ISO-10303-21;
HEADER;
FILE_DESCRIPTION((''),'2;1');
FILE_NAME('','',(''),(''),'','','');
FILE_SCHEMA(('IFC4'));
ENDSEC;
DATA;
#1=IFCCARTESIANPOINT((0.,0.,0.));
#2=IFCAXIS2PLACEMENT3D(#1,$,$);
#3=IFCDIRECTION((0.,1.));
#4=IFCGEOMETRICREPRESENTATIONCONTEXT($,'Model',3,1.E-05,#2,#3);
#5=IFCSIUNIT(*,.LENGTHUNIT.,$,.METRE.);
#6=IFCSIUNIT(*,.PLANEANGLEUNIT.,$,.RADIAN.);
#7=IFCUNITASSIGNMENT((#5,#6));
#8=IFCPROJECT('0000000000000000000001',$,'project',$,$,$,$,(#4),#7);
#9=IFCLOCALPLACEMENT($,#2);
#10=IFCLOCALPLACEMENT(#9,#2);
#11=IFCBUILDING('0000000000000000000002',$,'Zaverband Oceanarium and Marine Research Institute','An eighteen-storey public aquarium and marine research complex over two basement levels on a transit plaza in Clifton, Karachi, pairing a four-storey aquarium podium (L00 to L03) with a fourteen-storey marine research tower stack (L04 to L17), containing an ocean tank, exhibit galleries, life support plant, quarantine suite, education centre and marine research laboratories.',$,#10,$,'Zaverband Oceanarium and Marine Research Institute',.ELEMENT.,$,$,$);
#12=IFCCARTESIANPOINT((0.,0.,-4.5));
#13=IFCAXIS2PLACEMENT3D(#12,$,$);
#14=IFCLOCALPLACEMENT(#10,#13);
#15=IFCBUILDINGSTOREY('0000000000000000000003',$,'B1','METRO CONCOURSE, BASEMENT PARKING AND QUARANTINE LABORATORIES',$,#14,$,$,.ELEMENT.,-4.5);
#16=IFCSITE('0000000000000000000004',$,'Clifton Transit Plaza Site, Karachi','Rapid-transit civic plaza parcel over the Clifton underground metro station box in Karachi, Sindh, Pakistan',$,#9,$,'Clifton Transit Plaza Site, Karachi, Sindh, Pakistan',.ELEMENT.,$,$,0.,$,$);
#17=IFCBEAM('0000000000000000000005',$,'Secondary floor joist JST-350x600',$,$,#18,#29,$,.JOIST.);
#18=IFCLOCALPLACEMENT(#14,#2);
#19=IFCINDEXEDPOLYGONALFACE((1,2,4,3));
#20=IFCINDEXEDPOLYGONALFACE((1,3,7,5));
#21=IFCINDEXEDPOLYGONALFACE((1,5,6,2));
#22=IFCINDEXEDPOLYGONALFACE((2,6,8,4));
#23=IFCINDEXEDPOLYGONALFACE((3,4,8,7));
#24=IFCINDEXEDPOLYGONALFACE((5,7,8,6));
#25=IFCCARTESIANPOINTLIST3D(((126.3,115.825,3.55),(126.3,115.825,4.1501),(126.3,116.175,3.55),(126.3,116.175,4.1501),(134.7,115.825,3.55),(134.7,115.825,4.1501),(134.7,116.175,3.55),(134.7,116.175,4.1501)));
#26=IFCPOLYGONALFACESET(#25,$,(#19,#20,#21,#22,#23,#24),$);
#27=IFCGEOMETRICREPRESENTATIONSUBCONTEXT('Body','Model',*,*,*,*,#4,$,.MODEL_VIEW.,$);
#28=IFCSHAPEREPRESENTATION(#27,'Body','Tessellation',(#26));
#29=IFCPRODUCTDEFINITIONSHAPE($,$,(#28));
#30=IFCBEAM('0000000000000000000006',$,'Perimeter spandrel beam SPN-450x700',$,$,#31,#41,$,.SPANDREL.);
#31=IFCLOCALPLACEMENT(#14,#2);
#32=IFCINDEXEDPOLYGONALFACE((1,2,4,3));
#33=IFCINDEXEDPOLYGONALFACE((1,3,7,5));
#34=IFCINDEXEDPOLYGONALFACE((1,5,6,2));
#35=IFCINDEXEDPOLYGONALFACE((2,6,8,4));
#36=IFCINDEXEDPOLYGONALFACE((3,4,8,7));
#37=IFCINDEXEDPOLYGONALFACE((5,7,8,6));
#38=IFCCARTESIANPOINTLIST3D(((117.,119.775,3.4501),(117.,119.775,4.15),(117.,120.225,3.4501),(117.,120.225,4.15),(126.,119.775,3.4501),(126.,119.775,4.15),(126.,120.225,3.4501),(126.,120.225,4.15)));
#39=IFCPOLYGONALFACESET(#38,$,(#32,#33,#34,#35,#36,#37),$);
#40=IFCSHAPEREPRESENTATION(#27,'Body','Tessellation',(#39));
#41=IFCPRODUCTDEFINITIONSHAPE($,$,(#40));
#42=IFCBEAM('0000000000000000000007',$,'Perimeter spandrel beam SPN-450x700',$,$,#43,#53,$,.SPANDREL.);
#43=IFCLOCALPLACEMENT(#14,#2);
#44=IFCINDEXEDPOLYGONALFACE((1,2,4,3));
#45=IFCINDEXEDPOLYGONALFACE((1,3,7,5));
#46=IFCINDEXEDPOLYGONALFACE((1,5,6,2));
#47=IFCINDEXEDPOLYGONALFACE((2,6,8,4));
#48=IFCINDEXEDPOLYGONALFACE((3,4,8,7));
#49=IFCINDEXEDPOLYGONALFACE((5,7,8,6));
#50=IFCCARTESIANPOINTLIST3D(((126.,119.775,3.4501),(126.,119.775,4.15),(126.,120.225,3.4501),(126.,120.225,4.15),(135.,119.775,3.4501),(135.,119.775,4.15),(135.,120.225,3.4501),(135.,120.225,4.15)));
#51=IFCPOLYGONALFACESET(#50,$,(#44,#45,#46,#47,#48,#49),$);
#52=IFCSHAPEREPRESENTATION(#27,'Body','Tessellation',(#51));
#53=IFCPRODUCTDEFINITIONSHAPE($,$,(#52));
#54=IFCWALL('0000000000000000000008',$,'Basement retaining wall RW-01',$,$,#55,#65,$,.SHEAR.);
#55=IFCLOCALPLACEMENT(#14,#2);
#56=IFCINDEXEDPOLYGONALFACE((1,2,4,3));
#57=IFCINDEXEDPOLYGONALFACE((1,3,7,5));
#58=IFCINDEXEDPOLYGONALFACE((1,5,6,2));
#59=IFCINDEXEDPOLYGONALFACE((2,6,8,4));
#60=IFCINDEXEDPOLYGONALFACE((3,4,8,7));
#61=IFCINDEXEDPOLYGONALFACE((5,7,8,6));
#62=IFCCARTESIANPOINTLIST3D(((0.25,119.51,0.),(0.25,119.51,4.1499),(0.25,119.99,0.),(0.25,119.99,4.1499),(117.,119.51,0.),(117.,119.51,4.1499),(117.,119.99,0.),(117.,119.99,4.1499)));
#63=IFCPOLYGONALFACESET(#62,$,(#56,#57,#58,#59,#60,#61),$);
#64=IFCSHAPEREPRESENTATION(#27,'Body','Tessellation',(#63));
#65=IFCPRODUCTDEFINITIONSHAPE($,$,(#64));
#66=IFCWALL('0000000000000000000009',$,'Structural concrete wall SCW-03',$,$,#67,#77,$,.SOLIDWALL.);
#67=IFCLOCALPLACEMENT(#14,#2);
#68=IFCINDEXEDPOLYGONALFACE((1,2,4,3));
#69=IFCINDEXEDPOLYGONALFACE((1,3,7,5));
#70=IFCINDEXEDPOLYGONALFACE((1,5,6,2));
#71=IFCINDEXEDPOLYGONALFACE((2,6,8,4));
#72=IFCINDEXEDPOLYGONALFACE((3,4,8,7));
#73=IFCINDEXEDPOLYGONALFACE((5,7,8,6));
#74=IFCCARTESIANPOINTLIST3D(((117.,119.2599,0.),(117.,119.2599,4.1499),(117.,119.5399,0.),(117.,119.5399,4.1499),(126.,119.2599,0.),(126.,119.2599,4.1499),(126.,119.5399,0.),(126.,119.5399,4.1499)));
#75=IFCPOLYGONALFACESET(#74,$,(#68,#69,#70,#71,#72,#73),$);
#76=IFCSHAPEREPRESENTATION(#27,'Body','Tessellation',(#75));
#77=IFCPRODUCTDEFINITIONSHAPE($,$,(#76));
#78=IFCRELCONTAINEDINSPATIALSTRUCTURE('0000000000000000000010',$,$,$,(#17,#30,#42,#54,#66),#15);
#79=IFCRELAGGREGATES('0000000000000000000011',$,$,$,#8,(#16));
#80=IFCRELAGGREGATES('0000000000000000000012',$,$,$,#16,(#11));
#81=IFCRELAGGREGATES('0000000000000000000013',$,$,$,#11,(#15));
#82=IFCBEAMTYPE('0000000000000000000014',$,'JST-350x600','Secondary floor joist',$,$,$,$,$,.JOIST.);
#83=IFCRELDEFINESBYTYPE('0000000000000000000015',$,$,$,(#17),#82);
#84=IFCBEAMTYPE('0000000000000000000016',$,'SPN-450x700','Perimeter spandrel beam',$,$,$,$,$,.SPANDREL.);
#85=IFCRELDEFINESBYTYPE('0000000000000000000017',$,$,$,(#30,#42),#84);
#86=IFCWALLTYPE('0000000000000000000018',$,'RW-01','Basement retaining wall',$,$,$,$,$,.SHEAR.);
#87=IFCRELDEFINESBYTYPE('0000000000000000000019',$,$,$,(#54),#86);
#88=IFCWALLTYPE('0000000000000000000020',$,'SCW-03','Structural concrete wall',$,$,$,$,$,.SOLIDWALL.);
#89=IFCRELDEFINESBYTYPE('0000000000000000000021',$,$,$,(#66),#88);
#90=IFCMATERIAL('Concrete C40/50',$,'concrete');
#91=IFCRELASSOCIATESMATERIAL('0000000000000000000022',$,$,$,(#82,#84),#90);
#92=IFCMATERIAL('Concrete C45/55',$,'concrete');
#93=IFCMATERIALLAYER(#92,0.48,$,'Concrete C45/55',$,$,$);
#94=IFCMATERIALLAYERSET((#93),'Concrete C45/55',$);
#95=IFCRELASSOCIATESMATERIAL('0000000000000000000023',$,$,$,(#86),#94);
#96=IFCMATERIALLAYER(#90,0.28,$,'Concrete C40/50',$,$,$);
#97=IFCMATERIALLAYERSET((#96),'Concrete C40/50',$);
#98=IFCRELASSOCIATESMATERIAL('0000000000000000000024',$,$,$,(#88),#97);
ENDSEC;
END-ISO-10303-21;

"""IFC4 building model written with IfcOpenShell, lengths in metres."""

from ifc_helpers import new_model, si_unit, direction, frame, frame_2d, origin, origin_2d, place, context, subcontext, project, spatial, rectangle, extrude, material, layer, layer_set, material_profile, profile_set, type_object, element, save


model = new_model("IFC4")

# Units and contexts
model_context = context("Model", 3, precision=1e-05, world=origin(), true_north=direction((0.0, 1.0)))
body_context = subcontext(model_context, "Body", "Model", "MODEL_VIEW")
ifc_project = project(units=[si_unit("LENGTHUNIT", "METRE"), si_unit("PLANEANGLEUNIT", "RADIAN")], contexts=[model_context])

# Site, building, storey
site_placement = place(None, origin())
site = spatial("IfcSite", under=ifc_project, at=site_placement, Name="Clifton Transit Plaza Site, Karachi", Description="Rapid-transit civic plaza parcel over the Clifton underground metro station box in Karachi, Sindh, Pakistan", LongName="Clifton Transit Plaza Site, Karachi, Sindh, Pakistan", CompositionType="ELEMENT", RefElevation=0.0)
building_placement = place(site_placement, origin())
building = spatial("IfcBuilding", under=site, at=building_placement, Name="Zaverband Oceanarium and Marine Research Institute", Description="An eighteen-storey public aquarium and marine research complex over two basement levels on a transit plaza in Clifton, Karachi, pairing a four-storey aquarium podium (L00 to L03) with a fourteen-storey marine research tower stack (L04 to L17), containing an ocean tank, exhibit galleries, life support plant, quarantine suite, education centre and marine research laboratories.", LongName="Zaverband Oceanarium and Marine Research Institute", CompositionType="ELEMENT")
storey_placement = place(building_placement, frame((0.0, 0.0, -4.5)))
storey = spatial("IfcBuildingStorey", under=building, at=storey_placement, Name="B1", Description="METRO CONCOURSE, BASEMENT PARKING AND QUARANTINE LABORATORIES", CompositionType="ELEMENT", Elevation=-4.5)

# Beams
ifc_material_1 = material(Name="Concrete C40/50", Category="concrete")
ifc_material_profile_1 = material_profile(ifc_material_1, rectangle(XDim=0.3501, YDim=0.6001, at=origin_2d()), Name="RC350x600")
ifc_profile_set_1 = profile_set([ifc_material_profile_1], Name="Concrete C40/50")
beam_type_1 = type_object("IfcBeamType", Name="JST-350x600", Description="Secondary floor joist", PredefinedType="JOIST", material=ifc_profile_set_1)
for number, where, z_axis, x_axis, name in (
    (1, (126.3, 116.0, 3.8501), (1.0, 0.0, 0.0), (0.0, 1.0, 0.0), "Secondary floor joist JST-350x600"),
):
    element("IfcBeam", number, at=place(storey_placement, frame(where, z_axis=z_axis, x_axis=x_axis)), inside=storey, type_object=beam_type_1, Name=name, PredefinedType="JOIST", context=body_context, shape_type="SweptSolid", body=[
        extrude(rectangle(XDim=0.3501, YDim=0.6001, at=origin_2d()), origin(), (0.0, 0.0, 1.0), 8.3999),
    ])
ifc_material_profile_2 = material_profile(ifc_material_1, rectangle(XDim=0.45, YDim=0.7, at=origin_2d()), Name="RC450x700")
ifc_profile_set_2 = profile_set([ifc_material_profile_2], Name="Concrete C40/50")
beam_type_2 = type_object("IfcBeamType", Name="SPN-450x700", Description="Perimeter spandrel beam", PredefinedType="SPANDREL", material=ifc_profile_set_2)
for number, where, z_axis, x_axis, name in (
    (2, (117.0, 120.0, 3.8), (1.0, 0.0, 0.0), (0.0, 1.0, 0.0), "Perimeter spandrel beam SPN-450x700"),
    (3, (126.0, 120.0, 3.8), (1.0, 0.0, 0.0), (0.0, 1.0, 0.0), "Perimeter spandrel beam SPN-450x700"),
):
    element("IfcBeam", number, at=place(storey_placement, frame(where, z_axis=z_axis, x_axis=x_axis)), inside=storey, type_object=beam_type_2, Name=name, PredefinedType="SPANDREL", context=body_context, shape_type="SweptSolid", body=[
        extrude(rectangle(XDim=0.45, YDim=0.7, at=origin_2d()), origin(), (0.0, 0.0, 1.0), 9.0),
    ])

# Walls
ifc_material_2 = material(Name="Concrete C45/55", Category="concrete")
ifc_layer_1 = layer(ifc_material_2, 0.48, Name="Concrete C45/55")
ifc_layer_set_1 = layer_set([ifc_layer_1], Name="Concrete C45/55")
wall_type_1 = type_object("IfcWallType", Name="RW-01", Description="Basement retaining wall", PredefinedType="SHEAR", material=ifc_layer_set_1)
wall_1_placement = place(storey_placement, frame((117.0, 119.75, 0.0), z_axis=(0.0, 0.0, 1.0), x_axis=(-1.0, 0.0, 0.0)))
element("IfcWall", 4, at=wall_1_placement, inside=storey, type_object=wall_type_1, Name="Basement retaining wall RW-01", PredefinedType="SHEAR", context=body_context, shape_type="SweptSolid", body=[
    extrude(rectangle(XDim=116.75, YDim=0.48, at=frame_2d((58.375, 0.0))), origin(), (0.0, 0.0, 1.0), 4.1499),
])
ifc_layer_2 = layer(ifc_material_1, 0.28, Name="Concrete C40/50")
ifc_layer_set_2 = layer_set([ifc_layer_2], Name="Concrete C40/50")
wall_type_2 = type_object("IfcWallType", Name="SCW-03", Description="Structural concrete wall", PredefinedType="SOLIDWALL", material=ifc_layer_set_2)
wall_2_placement = place(storey_placement, frame((117.0, 119.3999, 0.0), z_axis=(0.0, 0.0, 1.0), x_axis=(1.0, 0.0, 0.0)))
element("IfcWall", 5, at=wall_2_placement, inside=storey, type_object=wall_type_2, Name="Structural concrete wall SCW-03", PredefinedType="SOLIDWALL", context=body_context, shape_type="SweptSolid", body=[
    extrude(rectangle(XDim=9.0, YDim=0.28, at=frame_2d((4.5, 0.0))), origin(), (0.0, 0.0, 1.0), 4.1499),
])

save(model, "model.ifc")
